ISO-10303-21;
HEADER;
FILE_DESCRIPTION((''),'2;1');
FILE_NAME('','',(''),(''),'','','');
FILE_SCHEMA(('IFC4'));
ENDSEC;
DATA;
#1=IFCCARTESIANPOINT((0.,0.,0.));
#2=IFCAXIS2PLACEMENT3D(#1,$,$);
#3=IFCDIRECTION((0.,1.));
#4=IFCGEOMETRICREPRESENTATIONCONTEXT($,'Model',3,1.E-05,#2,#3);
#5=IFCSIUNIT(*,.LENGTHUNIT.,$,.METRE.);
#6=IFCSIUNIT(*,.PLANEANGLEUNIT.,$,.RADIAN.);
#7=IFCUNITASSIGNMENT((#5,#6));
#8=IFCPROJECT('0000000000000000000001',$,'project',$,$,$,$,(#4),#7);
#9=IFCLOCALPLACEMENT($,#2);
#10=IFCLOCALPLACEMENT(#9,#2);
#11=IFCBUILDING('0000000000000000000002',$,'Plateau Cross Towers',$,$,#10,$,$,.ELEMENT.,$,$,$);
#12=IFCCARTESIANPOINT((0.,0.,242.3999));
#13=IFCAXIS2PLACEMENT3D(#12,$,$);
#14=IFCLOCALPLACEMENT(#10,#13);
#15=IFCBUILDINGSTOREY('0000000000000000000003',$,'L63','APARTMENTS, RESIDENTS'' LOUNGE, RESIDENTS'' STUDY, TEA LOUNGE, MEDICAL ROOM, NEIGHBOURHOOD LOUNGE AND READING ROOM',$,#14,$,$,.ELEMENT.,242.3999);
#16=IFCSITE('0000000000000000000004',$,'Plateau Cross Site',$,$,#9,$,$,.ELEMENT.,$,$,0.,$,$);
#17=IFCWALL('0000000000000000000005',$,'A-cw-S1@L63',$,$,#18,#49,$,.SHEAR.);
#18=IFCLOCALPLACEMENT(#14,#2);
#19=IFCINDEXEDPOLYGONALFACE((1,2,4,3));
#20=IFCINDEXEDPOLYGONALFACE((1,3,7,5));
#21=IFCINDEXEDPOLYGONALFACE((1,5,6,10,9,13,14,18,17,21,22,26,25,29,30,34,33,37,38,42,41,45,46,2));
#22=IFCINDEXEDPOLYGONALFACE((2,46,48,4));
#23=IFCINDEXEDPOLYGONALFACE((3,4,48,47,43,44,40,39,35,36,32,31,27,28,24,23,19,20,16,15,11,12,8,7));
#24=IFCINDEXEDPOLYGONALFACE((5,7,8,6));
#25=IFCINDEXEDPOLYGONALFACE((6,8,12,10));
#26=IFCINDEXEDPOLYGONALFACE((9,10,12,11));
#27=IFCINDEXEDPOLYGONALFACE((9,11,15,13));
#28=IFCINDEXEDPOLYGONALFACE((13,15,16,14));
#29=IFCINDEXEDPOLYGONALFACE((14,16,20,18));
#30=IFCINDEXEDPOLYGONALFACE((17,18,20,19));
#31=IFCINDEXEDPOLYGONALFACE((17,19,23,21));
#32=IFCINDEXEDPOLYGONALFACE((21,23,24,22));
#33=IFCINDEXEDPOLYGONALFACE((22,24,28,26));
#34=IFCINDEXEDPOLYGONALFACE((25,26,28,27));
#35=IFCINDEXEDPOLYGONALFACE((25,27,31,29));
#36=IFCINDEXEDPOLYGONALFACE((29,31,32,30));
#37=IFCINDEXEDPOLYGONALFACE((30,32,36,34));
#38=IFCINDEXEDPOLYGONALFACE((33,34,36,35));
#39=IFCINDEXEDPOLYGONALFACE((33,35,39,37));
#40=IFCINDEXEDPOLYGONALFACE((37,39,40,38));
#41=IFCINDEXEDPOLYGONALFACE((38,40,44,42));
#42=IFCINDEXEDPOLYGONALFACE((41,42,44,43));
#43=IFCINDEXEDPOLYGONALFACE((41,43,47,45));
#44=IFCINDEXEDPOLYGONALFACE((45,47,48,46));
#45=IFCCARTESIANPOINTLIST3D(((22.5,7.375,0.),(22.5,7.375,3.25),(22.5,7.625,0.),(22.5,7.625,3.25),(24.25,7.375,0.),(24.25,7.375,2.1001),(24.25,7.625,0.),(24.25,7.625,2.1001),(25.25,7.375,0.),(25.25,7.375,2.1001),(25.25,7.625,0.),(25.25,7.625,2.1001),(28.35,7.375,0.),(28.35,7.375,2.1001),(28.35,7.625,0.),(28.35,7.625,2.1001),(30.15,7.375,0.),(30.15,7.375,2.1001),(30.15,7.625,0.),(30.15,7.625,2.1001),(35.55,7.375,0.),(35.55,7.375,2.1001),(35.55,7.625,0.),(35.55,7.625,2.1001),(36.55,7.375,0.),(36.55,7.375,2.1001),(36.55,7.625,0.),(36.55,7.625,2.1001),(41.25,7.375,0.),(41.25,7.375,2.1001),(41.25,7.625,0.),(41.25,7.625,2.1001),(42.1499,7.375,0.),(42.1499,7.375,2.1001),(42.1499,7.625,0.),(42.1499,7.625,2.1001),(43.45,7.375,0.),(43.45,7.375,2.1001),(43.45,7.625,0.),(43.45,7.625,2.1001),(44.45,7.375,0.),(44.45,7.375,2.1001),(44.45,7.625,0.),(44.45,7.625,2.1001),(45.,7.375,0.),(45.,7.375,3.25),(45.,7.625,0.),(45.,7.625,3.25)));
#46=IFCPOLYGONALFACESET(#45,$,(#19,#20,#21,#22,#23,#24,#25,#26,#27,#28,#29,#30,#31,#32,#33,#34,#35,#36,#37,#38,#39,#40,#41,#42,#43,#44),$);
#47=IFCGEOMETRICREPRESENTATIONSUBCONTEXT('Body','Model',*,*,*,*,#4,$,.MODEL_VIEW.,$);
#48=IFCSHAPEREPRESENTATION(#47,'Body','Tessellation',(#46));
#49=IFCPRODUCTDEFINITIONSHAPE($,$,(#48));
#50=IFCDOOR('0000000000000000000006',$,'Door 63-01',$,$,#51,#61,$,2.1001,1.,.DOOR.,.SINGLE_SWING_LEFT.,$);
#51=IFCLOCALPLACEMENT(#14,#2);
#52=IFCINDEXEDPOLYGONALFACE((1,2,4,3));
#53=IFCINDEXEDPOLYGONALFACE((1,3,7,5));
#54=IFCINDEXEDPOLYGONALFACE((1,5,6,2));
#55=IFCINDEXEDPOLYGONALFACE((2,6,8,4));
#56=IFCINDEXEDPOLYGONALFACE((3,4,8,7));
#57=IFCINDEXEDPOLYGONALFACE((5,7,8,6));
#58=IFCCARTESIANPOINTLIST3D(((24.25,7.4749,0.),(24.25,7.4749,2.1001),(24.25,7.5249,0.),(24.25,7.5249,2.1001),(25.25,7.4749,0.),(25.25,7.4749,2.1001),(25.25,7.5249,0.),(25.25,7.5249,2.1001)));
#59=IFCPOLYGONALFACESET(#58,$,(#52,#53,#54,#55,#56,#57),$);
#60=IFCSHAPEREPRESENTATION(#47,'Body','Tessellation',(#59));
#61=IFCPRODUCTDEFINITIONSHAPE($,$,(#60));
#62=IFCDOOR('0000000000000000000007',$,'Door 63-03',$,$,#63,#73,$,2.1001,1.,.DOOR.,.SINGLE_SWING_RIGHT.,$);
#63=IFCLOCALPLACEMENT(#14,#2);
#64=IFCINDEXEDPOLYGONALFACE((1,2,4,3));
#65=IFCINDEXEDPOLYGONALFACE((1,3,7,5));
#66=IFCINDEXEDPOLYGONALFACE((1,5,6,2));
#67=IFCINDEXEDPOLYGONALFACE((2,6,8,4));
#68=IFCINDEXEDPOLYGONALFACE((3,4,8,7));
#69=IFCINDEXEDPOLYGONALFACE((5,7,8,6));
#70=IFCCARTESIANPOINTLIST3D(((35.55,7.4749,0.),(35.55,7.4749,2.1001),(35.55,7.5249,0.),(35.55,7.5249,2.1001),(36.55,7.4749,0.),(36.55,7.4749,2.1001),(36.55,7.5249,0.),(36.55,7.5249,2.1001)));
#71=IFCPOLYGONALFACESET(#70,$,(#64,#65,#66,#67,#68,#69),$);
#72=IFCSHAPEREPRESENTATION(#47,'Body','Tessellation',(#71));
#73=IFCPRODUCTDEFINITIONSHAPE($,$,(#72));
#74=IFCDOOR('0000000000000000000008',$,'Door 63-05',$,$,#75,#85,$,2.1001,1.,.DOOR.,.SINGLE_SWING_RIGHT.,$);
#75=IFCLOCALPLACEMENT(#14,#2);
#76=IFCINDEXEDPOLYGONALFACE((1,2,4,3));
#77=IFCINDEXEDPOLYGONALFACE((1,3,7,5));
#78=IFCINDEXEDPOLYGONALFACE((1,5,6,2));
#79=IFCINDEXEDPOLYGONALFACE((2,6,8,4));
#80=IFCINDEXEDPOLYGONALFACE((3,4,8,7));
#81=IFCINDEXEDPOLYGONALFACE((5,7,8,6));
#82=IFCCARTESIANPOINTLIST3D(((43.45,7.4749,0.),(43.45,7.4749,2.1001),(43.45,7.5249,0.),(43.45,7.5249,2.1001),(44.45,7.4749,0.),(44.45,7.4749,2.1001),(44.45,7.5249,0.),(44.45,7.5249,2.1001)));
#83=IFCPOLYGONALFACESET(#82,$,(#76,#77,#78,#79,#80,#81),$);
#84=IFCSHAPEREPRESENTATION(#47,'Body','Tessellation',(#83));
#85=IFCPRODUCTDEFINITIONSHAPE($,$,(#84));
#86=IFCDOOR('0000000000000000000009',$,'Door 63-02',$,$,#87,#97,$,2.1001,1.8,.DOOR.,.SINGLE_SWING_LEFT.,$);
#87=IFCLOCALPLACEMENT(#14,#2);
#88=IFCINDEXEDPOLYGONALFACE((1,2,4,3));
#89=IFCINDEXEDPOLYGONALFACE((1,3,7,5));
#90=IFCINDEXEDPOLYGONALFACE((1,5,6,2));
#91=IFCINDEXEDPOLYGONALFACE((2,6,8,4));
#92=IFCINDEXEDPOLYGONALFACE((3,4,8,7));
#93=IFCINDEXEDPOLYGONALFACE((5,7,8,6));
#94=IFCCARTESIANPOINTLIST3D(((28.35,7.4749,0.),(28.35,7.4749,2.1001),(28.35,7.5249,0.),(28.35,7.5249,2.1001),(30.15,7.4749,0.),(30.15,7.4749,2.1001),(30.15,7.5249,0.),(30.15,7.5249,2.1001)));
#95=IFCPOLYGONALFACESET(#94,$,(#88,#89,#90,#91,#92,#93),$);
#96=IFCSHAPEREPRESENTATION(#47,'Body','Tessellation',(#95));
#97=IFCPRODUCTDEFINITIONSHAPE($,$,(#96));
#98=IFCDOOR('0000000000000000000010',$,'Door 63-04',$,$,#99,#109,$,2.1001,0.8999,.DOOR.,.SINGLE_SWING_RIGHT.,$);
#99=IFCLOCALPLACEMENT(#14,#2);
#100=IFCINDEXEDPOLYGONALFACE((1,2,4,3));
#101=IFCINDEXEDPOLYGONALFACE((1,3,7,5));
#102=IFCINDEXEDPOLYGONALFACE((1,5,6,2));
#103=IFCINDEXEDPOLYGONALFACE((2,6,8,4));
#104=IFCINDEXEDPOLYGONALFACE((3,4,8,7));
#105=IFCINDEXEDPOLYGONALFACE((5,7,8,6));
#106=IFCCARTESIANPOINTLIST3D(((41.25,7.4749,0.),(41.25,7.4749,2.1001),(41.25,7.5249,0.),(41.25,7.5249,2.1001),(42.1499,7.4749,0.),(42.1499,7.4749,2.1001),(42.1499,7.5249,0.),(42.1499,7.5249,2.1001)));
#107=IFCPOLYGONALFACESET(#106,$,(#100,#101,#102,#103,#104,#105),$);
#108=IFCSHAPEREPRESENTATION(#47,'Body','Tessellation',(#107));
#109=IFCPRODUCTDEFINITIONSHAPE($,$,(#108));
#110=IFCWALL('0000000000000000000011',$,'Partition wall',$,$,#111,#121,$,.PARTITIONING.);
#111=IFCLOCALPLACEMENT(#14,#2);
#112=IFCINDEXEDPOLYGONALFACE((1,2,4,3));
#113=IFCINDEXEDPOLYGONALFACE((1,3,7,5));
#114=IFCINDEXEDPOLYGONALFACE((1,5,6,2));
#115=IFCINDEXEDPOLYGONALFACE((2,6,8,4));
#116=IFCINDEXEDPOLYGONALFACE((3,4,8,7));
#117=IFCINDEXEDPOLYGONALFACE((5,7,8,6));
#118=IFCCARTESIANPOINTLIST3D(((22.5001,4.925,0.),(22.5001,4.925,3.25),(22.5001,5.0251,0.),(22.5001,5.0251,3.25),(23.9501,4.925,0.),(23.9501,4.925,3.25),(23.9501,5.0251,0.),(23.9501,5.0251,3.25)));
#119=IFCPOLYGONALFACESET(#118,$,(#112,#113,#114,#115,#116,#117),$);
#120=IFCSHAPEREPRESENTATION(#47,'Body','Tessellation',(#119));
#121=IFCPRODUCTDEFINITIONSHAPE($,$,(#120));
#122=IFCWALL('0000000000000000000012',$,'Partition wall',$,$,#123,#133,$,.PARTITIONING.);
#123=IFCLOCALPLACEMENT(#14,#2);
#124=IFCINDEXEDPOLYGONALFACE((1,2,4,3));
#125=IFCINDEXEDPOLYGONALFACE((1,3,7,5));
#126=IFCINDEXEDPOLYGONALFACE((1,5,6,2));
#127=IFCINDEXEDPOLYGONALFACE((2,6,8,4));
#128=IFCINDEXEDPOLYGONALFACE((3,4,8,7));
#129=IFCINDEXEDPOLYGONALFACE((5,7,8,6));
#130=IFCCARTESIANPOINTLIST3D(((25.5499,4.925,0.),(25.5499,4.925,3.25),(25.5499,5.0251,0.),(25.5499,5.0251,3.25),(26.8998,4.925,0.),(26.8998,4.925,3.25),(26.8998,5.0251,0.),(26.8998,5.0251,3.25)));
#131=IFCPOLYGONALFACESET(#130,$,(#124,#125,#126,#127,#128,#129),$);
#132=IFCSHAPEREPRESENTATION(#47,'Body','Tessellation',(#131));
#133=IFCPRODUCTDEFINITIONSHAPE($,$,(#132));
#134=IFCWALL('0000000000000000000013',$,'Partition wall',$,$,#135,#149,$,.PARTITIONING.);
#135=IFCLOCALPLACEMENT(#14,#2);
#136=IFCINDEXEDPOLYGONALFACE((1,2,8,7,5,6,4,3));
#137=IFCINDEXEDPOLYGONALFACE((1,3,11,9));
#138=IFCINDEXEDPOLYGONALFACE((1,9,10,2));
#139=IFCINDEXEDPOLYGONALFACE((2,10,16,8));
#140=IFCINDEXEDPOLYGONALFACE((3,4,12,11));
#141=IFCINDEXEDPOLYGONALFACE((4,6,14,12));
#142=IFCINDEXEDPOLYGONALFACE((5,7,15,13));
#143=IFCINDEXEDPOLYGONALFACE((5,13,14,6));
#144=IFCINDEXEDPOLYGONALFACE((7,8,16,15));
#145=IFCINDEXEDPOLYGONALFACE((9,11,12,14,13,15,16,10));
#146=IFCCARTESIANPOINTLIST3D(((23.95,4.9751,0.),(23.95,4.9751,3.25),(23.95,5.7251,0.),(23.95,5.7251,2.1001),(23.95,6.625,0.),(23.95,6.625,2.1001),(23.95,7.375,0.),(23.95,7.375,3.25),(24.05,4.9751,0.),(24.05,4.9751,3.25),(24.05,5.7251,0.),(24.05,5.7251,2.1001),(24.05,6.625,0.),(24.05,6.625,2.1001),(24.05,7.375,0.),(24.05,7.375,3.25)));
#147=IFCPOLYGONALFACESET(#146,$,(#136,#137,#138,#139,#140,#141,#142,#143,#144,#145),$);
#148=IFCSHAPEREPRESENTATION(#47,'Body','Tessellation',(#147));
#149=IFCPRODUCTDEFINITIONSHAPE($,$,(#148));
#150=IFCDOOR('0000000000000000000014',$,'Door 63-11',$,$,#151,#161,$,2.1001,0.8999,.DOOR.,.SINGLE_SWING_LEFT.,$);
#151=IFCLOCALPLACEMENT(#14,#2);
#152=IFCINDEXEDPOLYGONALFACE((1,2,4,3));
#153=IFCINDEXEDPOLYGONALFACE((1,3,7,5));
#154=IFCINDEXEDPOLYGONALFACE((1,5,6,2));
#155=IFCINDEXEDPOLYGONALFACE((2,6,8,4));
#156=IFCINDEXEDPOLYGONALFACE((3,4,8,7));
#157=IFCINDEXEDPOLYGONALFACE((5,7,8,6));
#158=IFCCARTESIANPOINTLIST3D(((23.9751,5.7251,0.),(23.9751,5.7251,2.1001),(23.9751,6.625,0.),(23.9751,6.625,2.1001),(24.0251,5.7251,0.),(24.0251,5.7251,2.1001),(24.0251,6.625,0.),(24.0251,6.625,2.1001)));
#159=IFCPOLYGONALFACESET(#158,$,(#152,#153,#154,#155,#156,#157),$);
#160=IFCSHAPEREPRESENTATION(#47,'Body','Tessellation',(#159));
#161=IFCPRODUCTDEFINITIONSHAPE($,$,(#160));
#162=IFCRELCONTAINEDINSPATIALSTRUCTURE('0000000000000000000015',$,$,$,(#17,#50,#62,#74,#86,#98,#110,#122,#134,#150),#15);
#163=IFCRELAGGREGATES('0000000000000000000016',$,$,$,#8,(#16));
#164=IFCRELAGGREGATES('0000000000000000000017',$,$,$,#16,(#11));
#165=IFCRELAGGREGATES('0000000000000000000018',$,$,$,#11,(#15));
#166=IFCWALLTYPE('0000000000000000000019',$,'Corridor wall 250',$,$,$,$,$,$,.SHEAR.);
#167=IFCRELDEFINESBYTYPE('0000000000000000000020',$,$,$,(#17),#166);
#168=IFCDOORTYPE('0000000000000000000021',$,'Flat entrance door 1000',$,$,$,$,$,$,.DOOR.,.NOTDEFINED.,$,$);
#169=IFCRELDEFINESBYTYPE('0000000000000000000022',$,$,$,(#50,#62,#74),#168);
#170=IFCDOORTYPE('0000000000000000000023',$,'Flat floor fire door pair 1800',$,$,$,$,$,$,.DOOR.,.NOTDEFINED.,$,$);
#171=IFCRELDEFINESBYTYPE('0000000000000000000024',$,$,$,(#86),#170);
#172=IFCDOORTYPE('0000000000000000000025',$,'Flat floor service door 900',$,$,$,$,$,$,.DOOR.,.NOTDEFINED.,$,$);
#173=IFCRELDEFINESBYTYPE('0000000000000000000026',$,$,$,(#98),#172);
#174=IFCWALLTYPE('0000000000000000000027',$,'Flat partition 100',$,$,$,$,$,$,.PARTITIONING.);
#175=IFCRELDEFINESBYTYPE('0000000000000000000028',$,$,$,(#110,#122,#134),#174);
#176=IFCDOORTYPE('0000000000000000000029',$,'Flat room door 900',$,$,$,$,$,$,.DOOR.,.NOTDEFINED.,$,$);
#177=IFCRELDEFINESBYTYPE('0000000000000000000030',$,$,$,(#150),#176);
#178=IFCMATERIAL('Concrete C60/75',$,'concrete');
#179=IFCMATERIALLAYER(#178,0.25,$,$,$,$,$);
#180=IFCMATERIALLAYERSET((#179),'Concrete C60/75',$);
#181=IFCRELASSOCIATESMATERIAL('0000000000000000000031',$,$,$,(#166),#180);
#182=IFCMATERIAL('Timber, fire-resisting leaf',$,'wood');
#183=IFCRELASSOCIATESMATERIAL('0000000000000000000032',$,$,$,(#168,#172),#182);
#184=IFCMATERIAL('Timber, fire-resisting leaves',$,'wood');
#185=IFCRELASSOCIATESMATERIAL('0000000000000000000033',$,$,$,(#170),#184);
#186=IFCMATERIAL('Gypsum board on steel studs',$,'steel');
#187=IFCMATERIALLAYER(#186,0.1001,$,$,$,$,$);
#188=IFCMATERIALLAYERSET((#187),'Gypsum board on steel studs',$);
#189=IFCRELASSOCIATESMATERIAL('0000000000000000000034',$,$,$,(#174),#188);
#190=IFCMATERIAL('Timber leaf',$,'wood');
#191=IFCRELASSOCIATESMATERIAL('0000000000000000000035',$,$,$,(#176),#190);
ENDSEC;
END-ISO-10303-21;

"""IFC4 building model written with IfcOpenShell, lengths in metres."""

from ifc_helpers import new_model, si_unit, direction, frame, frame_2d, origin, place, context, subcontext, project, spatial, rectangle, extrude, material, layer, layer_set, type_object, element, fill, save


model = new_model("IFC4")

# Units and contexts
model_context = context("Model", 3, precision=1e-05, world=origin(), true_north=direction((0.0, 1.0)))
body_context = subcontext(model_context, "Body", "Model", "MODEL_VIEW")
ifc_project = project(units=[si_unit("LENGTHUNIT", "METRE"), si_unit("PLANEANGLEUNIT", "RADIAN")], contexts=[model_context])

# Site, building, storey
site_placement = place(None, origin())
site = spatial("IfcSite", under=ifc_project, at=site_placement, Name="Plateau Cross Site", CompositionType="ELEMENT", RefElevation=0.0)
building_placement = place(site_placement, origin())
building = spatial("IfcBuilding", under=site, at=building_placement, Name="Plateau Cross Towers", CompositionType="ELEMENT")
storey_placement = place(building_placement, frame((0.0, 0.0, 242.3999)))
storey = spatial("IfcBuildingStorey", under=building, at=storey_placement, Name="L63", Description="APARTMENTS, RESIDENTS' LOUNGE, RESIDENTS' STUDY, TEA LOUNGE, MEDICAL ROOM, NEIGHBOURHOOD LOUNGE AND READING ROOM", CompositionType="ELEMENT", Elevation=242.3999)

# Shared definitions
ifc_material_1 = material(Name="Concrete C60/75", Category="concrete")

# Wall, openings, doors
ifc_layer_1 = layer(ifc_material_1, 0.25)
ifc_layer_set_1 = layer_set([ifc_layer_1], Name="Concrete C60/75")
wall_type_1 = type_object("IfcWallType", Name="Corridor wall 250", PredefinedType="SHEAR", material=ifc_layer_set_1)
wall_1_placement = place(storey_placement, frame((22.5, 7.5, 0.0), z_axis=(0.0, 0.0, 1.0), x_axis=(1.0, 0.0, 0.0)))
wall_1 = element("IfcWall", 1, at=wall_1_placement, inside=storey, type_object=wall_type_1, Name="A-cw-S1@L63", PredefinedType="SHEAR", context=body_context, shape_type="SweptSolid", body=[
    extrude(rectangle(XDim=22.5, YDim=0.25, at=frame_2d((11.25, 0.0))), origin(), (0.0, 0.0, 1.0), 3.25),
])
opening_1_placement = place(wall_1_placement, frame((1.75, 0.0, 0.0)))
opening_1 = element("IfcOpeningElement", 2, at=opening_1_placement, cuts=wall_1, PredefinedType="OPENING", context=body_context, shape_type="SweptSolid", body=[
    extrude(rectangle(XDim=1.0, YDim=2.1001, at=frame_2d((0.5, 1.05))), frame((0.0, 0.135, 0.0), z_axis=(0.0, -1.0, 0.0), x_axis=(1.0, 0.0, 0.0)), (0.0, 0.0, 1.0), 0.27),
])
opening_2_placement = place(wall_1_placement, frame((5.8501, 0.0, 0.0)))
opening_2 = element("IfcOpeningElement", 3, at=opening_2_placement, cuts=wall_1, PredefinedType="OPENING", context=body_context, shape_type="SweptSolid", body=[
    extrude(rectangle(XDim=1.8, YDim=2.1001, at=frame_2d((0.8999, 1.05))), frame((0.0, 0.135, 0.0), z_axis=(0.0, -1.0, 0.0), x_axis=(1.0, 0.0, 0.0)), (0.0, 0.0, 1.0), 0.27),
])
opening_3_placement = place(wall_1_placement, frame((13.05, 0.0, 0.0)))
opening_3 = element("IfcOpeningElement", 4, at=opening_3_placement, cuts=wall_1, PredefinedType="OPENING", context=body_context, shape_type="SweptSolid", body=[
    extrude(rectangle(XDim=1.0, YDim=2.1001, at=frame_2d((0.5, 1.05))), frame((0.0, 0.135, 0.0), z_axis=(0.0, -1.0, 0.0), x_axis=(1.0, 0.0, 0.0)), (0.0, 0.0, 1.0), 0.27),
])
opening_4_placement = place(wall_1_placement, frame((18.75, 0.0, 0.0)))
opening_4 = element("IfcOpeningElement", 5, at=opening_4_placement, cuts=wall_1, PredefinedType="OPENING", context=body_context, shape_type="SweptSolid", body=[
    extrude(rectangle(XDim=0.8999, YDim=2.1001, at=frame_2d((0.45, 1.05))), frame((0.0, 0.135, 0.0), z_axis=(0.0, -1.0, 0.0), x_axis=(1.0, 0.0, 0.0)), (0.0, 0.0, 1.0), 0.27),
])
opening_5_placement = place(wall_1_placement, frame((20.95, 0.0, 0.0)))
opening_5 = element("IfcOpeningElement", 6, at=opening_5_placement, cuts=wall_1, PredefinedType="OPENING", context=body_context, shape_type="SweptSolid", body=[
    extrude(rectangle(XDim=1.0, YDim=2.1001, at=frame_2d((0.5, 1.05))), frame((0.0, 0.135, 0.0), z_axis=(0.0, -1.0, 0.0), x_axis=(1.0, 0.0, 0.0)), (0.0, 0.0, 1.0), 0.27),
])
ifc_material_2 = material(Name="Timber, fire-resisting leaf", Category="wood")
door_type_1 = type_object("IfcDoorType", Name="Flat entrance door 1000", OperationType="NOTDEFINED", PredefinedType="DOOR", material=ifc_material_2)
door_1_placement = place(opening_1_placement, origin())
door_1 = element("IfcDoor", 7, at=door_1_placement, inside=storey, type_object=door_type_1, Name="Door 63-01", OperationType="SINGLE_SWING_LEFT", OverallHeight=2.1001, OverallWidth=1.0, PredefinedType="DOOR", context=body_context, shape_type="SweptSolid", body=[
    extrude(rectangle(XDim=1.0, YDim=2.1001, at=frame_2d((0.5, 1.05))), frame((0.0, 0.0249, 0.0), z_axis=(0.0, -1.0, 0.0), x_axis=(1.0, 0.0, 0.0)), (0.0, 0.0, 1.0), 0.05),
])
fill(opening_1, door_1)
door_2_placement = place(opening_3_placement, origin())
door_2 = element("IfcDoor", 8, at=door_2_placement, inside=storey, type_object=door_type_1, Name="Door 63-03", OperationType="SINGLE_SWING_RIGHT", OverallHeight=2.1001, OverallWidth=1.0, PredefinedType="DOOR", context=body_context, shape_type="SweptSolid", body=[
    extrude(rectangle(XDim=1.0, YDim=2.1001, at=frame_2d((0.5, 1.05))), frame((0.0, 0.0249, 0.0), z_axis=(0.0, -1.0, 0.0), x_axis=(1.0, 0.0, 0.0)), (0.0, 0.0, 1.0), 0.05),
])
fill(opening_3, door_2)
door_3_placement = place(opening_5_placement, origin())
door_3 = element("IfcDoor", 9, at=door_3_placement, inside=storey, type_object=door_type_1, Name="Door 63-05", OperationType="SINGLE_SWING_RIGHT", OverallHeight=2.1001, OverallWidth=1.0, PredefinedType="DOOR", context=body_context, shape_type="SweptSolid", body=[
    extrude(rectangle(XDim=1.0, YDim=2.1001, at=frame_2d((0.5, 1.05))), frame((0.0, 0.0249, 0.0), z_axis=(0.0, -1.0, 0.0), x_axis=(1.0, 0.0, 0.0)), (0.0, 0.0, 1.0), 0.05),
])
fill(opening_5, door_3)
ifc_material_3 = material(Name="Timber, fire-resisting leaves", Category="wood")
door_type_2 = type_object("IfcDoorType", Name="Flat floor fire door pair 1800", OperationType="NOTDEFINED", PredefinedType="DOOR", material=ifc_material_3)
door_4_placement = place(opening_2_placement, origin())
door_4 = element("IfcDoor", 10, at=door_4_placement, inside=storey, type_object=door_type_2, Name="Door 63-02", OperationType="SINGLE_SWING_LEFT", OverallHeight=2.1001, OverallWidth=1.8, PredefinedType="DOOR", context=body_context, shape_type="SweptSolid", body=[
    extrude(rectangle(XDim=1.8, YDim=2.1001, at=frame_2d((0.8999, 1.05))), frame((0.0, 0.0249, 0.0), z_axis=(0.0, -1.0, 0.0), x_axis=(1.0, 0.0, 0.0)), (0.0, 0.0, 1.0), 0.05),
])
fill(opening_2, door_4)
door_type_3 = type_object("IfcDoorType", Name="Flat floor service door 900", OperationType="NOTDEFINED", PredefinedType="DOOR", material=ifc_material_2)
door_5_placement = place(opening_4_placement, origin())
door_5 = element("IfcDoor", 11, at=door_5_placement, inside=storey, type_object=door_type_3, Name="Door 63-04", OperationType="SINGLE_SWING_RIGHT", OverallHeight=2.1001, OverallWidth=0.8999, PredefinedType="DOOR", context=body_context, shape_type="SweptSolid", body=[
    extrude(rectangle(XDim=0.8999, YDim=2.1001, at=frame_2d((0.45, 1.05))), frame((0.0, 0.0249, 0.0), z_axis=(0.0, -1.0, 0.0), x_axis=(1.0, 0.0, 0.0)), (0.0, 0.0, 1.0), 0.05),
])
fill(opening_4, door_5)

# Walls
ifc_material_4 = material(Name="Gypsum board on steel studs", Category="steel")
ifc_layer_2 = layer(ifc_material_4, 0.1001)
ifc_layer_set_2 = layer_set([ifc_layer_2], Name="Gypsum board on steel studs")
wall_type_2 = type_object("IfcWallType", Name="Flat partition 100", PredefinedType="PARTITIONING", material=ifc_layer_set_2)
wall_2_placement = place(storey_placement, frame((22.5, 4.9751, 0.0), z_axis=(0.0, 0.0, 1.0), x_axis=(1.0, 0.0, 0.0)))
element("IfcWall", 12, at=wall_2_placement, inside=storey, type_object=wall_type_2, Name="Partition wall", PredefinedType="PARTITIONING", context=body_context, shape_type="SweptSolid", body=[
    extrude(rectangle(XDim=1.45, YDim=0.1001, at=frame_2d((0.7251, 0.0))), origin(), (0.0, 0.0, 1.0), 3.25),
])
wall_3_placement = place(storey_placement, frame((25.55, 4.9751, 0.0), z_axis=(0.0, 0.0, 1.0), x_axis=(1.0, 0.0, 0.0)))
element("IfcWall", 13, at=wall_3_placement, inside=storey, type_object=wall_type_2, Name="Partition wall", PredefinedType="PARTITIONING", context=body_context, shape_type="SweptSolid", body=[
    extrude(rectangle(XDim=1.3499, YDim=0.1001, at=frame_2d((0.6748, 0.0))), origin(), (0.0, 0.0, 1.0), 3.25),
])

# Wall, opening, door
wall_4_placement = place(storey_placement, frame((24.0, 4.9751, 0.0), z_axis=(0.0, 0.0, 1.0), x_axis=(0.0, 1.0, 0.0)))
wall_4 = element("IfcWall", 14, at=wall_4_placement, inside=storey, type_object=wall_type_2, Name="Partition wall", PredefinedType="PARTITIONING", context=body_context, shape_type="SweptSolid", body=[
    extrude(rectangle(XDim=2.3999, YDim=0.1001, at=frame_2d((1.2, 0.0))), origin(), (0.0, 0.0, 1.0), 3.25),
])
opening_6_placement = place(wall_4_placement, frame((0.75, 0.0, 0.0)))
opening_6 = element("IfcOpeningElement", 15, at=opening_6_placement, cuts=wall_4, PredefinedType="OPENING", context=body_context, shape_type="SweptSolid", body=[
    extrude(rectangle(XDim=0.8999, YDim=2.1001, at=frame_2d((0.45, 1.05))), frame((0.0, 0.0601, 0.0), z_axis=(0.0, -1.0, 0.0), x_axis=(1.0, 0.0, 0.0)), (0.0, 0.0, 1.0), 0.1201),
])
ifc_material_5 = material(Name="Timber leaf", Category="wood")
door_type_4 = type_object("IfcDoorType", Name="Flat room door 900", OperationType="NOTDEFINED", PredefinedType="DOOR", material=ifc_material_5)
door_6_placement = place(opening_6_placement, origin())
door_6 = element("IfcDoor", 16, at=door_6_placement, inside=storey, type_object=door_type_4, Name="Door 63-11", OperationType="SINGLE_SWING_LEFT", OverallHeight=2.1001, OverallWidth=0.8999, PredefinedType="DOOR", context=body_context, shape_type="SweptSolid", body=[
    extrude(rectangle(XDim=0.8999, YDim=2.1001, at=frame_2d((0.45, 1.05))), frame((0.0, 0.0249, 0.0), z_axis=(0.0, -1.0, 0.0), x_axis=(1.0, 0.0, 0.0)), (0.0, 0.0, 1.0), 0.05),
])
fill(opening_6, door_6)

save(model, "model.ifc")
